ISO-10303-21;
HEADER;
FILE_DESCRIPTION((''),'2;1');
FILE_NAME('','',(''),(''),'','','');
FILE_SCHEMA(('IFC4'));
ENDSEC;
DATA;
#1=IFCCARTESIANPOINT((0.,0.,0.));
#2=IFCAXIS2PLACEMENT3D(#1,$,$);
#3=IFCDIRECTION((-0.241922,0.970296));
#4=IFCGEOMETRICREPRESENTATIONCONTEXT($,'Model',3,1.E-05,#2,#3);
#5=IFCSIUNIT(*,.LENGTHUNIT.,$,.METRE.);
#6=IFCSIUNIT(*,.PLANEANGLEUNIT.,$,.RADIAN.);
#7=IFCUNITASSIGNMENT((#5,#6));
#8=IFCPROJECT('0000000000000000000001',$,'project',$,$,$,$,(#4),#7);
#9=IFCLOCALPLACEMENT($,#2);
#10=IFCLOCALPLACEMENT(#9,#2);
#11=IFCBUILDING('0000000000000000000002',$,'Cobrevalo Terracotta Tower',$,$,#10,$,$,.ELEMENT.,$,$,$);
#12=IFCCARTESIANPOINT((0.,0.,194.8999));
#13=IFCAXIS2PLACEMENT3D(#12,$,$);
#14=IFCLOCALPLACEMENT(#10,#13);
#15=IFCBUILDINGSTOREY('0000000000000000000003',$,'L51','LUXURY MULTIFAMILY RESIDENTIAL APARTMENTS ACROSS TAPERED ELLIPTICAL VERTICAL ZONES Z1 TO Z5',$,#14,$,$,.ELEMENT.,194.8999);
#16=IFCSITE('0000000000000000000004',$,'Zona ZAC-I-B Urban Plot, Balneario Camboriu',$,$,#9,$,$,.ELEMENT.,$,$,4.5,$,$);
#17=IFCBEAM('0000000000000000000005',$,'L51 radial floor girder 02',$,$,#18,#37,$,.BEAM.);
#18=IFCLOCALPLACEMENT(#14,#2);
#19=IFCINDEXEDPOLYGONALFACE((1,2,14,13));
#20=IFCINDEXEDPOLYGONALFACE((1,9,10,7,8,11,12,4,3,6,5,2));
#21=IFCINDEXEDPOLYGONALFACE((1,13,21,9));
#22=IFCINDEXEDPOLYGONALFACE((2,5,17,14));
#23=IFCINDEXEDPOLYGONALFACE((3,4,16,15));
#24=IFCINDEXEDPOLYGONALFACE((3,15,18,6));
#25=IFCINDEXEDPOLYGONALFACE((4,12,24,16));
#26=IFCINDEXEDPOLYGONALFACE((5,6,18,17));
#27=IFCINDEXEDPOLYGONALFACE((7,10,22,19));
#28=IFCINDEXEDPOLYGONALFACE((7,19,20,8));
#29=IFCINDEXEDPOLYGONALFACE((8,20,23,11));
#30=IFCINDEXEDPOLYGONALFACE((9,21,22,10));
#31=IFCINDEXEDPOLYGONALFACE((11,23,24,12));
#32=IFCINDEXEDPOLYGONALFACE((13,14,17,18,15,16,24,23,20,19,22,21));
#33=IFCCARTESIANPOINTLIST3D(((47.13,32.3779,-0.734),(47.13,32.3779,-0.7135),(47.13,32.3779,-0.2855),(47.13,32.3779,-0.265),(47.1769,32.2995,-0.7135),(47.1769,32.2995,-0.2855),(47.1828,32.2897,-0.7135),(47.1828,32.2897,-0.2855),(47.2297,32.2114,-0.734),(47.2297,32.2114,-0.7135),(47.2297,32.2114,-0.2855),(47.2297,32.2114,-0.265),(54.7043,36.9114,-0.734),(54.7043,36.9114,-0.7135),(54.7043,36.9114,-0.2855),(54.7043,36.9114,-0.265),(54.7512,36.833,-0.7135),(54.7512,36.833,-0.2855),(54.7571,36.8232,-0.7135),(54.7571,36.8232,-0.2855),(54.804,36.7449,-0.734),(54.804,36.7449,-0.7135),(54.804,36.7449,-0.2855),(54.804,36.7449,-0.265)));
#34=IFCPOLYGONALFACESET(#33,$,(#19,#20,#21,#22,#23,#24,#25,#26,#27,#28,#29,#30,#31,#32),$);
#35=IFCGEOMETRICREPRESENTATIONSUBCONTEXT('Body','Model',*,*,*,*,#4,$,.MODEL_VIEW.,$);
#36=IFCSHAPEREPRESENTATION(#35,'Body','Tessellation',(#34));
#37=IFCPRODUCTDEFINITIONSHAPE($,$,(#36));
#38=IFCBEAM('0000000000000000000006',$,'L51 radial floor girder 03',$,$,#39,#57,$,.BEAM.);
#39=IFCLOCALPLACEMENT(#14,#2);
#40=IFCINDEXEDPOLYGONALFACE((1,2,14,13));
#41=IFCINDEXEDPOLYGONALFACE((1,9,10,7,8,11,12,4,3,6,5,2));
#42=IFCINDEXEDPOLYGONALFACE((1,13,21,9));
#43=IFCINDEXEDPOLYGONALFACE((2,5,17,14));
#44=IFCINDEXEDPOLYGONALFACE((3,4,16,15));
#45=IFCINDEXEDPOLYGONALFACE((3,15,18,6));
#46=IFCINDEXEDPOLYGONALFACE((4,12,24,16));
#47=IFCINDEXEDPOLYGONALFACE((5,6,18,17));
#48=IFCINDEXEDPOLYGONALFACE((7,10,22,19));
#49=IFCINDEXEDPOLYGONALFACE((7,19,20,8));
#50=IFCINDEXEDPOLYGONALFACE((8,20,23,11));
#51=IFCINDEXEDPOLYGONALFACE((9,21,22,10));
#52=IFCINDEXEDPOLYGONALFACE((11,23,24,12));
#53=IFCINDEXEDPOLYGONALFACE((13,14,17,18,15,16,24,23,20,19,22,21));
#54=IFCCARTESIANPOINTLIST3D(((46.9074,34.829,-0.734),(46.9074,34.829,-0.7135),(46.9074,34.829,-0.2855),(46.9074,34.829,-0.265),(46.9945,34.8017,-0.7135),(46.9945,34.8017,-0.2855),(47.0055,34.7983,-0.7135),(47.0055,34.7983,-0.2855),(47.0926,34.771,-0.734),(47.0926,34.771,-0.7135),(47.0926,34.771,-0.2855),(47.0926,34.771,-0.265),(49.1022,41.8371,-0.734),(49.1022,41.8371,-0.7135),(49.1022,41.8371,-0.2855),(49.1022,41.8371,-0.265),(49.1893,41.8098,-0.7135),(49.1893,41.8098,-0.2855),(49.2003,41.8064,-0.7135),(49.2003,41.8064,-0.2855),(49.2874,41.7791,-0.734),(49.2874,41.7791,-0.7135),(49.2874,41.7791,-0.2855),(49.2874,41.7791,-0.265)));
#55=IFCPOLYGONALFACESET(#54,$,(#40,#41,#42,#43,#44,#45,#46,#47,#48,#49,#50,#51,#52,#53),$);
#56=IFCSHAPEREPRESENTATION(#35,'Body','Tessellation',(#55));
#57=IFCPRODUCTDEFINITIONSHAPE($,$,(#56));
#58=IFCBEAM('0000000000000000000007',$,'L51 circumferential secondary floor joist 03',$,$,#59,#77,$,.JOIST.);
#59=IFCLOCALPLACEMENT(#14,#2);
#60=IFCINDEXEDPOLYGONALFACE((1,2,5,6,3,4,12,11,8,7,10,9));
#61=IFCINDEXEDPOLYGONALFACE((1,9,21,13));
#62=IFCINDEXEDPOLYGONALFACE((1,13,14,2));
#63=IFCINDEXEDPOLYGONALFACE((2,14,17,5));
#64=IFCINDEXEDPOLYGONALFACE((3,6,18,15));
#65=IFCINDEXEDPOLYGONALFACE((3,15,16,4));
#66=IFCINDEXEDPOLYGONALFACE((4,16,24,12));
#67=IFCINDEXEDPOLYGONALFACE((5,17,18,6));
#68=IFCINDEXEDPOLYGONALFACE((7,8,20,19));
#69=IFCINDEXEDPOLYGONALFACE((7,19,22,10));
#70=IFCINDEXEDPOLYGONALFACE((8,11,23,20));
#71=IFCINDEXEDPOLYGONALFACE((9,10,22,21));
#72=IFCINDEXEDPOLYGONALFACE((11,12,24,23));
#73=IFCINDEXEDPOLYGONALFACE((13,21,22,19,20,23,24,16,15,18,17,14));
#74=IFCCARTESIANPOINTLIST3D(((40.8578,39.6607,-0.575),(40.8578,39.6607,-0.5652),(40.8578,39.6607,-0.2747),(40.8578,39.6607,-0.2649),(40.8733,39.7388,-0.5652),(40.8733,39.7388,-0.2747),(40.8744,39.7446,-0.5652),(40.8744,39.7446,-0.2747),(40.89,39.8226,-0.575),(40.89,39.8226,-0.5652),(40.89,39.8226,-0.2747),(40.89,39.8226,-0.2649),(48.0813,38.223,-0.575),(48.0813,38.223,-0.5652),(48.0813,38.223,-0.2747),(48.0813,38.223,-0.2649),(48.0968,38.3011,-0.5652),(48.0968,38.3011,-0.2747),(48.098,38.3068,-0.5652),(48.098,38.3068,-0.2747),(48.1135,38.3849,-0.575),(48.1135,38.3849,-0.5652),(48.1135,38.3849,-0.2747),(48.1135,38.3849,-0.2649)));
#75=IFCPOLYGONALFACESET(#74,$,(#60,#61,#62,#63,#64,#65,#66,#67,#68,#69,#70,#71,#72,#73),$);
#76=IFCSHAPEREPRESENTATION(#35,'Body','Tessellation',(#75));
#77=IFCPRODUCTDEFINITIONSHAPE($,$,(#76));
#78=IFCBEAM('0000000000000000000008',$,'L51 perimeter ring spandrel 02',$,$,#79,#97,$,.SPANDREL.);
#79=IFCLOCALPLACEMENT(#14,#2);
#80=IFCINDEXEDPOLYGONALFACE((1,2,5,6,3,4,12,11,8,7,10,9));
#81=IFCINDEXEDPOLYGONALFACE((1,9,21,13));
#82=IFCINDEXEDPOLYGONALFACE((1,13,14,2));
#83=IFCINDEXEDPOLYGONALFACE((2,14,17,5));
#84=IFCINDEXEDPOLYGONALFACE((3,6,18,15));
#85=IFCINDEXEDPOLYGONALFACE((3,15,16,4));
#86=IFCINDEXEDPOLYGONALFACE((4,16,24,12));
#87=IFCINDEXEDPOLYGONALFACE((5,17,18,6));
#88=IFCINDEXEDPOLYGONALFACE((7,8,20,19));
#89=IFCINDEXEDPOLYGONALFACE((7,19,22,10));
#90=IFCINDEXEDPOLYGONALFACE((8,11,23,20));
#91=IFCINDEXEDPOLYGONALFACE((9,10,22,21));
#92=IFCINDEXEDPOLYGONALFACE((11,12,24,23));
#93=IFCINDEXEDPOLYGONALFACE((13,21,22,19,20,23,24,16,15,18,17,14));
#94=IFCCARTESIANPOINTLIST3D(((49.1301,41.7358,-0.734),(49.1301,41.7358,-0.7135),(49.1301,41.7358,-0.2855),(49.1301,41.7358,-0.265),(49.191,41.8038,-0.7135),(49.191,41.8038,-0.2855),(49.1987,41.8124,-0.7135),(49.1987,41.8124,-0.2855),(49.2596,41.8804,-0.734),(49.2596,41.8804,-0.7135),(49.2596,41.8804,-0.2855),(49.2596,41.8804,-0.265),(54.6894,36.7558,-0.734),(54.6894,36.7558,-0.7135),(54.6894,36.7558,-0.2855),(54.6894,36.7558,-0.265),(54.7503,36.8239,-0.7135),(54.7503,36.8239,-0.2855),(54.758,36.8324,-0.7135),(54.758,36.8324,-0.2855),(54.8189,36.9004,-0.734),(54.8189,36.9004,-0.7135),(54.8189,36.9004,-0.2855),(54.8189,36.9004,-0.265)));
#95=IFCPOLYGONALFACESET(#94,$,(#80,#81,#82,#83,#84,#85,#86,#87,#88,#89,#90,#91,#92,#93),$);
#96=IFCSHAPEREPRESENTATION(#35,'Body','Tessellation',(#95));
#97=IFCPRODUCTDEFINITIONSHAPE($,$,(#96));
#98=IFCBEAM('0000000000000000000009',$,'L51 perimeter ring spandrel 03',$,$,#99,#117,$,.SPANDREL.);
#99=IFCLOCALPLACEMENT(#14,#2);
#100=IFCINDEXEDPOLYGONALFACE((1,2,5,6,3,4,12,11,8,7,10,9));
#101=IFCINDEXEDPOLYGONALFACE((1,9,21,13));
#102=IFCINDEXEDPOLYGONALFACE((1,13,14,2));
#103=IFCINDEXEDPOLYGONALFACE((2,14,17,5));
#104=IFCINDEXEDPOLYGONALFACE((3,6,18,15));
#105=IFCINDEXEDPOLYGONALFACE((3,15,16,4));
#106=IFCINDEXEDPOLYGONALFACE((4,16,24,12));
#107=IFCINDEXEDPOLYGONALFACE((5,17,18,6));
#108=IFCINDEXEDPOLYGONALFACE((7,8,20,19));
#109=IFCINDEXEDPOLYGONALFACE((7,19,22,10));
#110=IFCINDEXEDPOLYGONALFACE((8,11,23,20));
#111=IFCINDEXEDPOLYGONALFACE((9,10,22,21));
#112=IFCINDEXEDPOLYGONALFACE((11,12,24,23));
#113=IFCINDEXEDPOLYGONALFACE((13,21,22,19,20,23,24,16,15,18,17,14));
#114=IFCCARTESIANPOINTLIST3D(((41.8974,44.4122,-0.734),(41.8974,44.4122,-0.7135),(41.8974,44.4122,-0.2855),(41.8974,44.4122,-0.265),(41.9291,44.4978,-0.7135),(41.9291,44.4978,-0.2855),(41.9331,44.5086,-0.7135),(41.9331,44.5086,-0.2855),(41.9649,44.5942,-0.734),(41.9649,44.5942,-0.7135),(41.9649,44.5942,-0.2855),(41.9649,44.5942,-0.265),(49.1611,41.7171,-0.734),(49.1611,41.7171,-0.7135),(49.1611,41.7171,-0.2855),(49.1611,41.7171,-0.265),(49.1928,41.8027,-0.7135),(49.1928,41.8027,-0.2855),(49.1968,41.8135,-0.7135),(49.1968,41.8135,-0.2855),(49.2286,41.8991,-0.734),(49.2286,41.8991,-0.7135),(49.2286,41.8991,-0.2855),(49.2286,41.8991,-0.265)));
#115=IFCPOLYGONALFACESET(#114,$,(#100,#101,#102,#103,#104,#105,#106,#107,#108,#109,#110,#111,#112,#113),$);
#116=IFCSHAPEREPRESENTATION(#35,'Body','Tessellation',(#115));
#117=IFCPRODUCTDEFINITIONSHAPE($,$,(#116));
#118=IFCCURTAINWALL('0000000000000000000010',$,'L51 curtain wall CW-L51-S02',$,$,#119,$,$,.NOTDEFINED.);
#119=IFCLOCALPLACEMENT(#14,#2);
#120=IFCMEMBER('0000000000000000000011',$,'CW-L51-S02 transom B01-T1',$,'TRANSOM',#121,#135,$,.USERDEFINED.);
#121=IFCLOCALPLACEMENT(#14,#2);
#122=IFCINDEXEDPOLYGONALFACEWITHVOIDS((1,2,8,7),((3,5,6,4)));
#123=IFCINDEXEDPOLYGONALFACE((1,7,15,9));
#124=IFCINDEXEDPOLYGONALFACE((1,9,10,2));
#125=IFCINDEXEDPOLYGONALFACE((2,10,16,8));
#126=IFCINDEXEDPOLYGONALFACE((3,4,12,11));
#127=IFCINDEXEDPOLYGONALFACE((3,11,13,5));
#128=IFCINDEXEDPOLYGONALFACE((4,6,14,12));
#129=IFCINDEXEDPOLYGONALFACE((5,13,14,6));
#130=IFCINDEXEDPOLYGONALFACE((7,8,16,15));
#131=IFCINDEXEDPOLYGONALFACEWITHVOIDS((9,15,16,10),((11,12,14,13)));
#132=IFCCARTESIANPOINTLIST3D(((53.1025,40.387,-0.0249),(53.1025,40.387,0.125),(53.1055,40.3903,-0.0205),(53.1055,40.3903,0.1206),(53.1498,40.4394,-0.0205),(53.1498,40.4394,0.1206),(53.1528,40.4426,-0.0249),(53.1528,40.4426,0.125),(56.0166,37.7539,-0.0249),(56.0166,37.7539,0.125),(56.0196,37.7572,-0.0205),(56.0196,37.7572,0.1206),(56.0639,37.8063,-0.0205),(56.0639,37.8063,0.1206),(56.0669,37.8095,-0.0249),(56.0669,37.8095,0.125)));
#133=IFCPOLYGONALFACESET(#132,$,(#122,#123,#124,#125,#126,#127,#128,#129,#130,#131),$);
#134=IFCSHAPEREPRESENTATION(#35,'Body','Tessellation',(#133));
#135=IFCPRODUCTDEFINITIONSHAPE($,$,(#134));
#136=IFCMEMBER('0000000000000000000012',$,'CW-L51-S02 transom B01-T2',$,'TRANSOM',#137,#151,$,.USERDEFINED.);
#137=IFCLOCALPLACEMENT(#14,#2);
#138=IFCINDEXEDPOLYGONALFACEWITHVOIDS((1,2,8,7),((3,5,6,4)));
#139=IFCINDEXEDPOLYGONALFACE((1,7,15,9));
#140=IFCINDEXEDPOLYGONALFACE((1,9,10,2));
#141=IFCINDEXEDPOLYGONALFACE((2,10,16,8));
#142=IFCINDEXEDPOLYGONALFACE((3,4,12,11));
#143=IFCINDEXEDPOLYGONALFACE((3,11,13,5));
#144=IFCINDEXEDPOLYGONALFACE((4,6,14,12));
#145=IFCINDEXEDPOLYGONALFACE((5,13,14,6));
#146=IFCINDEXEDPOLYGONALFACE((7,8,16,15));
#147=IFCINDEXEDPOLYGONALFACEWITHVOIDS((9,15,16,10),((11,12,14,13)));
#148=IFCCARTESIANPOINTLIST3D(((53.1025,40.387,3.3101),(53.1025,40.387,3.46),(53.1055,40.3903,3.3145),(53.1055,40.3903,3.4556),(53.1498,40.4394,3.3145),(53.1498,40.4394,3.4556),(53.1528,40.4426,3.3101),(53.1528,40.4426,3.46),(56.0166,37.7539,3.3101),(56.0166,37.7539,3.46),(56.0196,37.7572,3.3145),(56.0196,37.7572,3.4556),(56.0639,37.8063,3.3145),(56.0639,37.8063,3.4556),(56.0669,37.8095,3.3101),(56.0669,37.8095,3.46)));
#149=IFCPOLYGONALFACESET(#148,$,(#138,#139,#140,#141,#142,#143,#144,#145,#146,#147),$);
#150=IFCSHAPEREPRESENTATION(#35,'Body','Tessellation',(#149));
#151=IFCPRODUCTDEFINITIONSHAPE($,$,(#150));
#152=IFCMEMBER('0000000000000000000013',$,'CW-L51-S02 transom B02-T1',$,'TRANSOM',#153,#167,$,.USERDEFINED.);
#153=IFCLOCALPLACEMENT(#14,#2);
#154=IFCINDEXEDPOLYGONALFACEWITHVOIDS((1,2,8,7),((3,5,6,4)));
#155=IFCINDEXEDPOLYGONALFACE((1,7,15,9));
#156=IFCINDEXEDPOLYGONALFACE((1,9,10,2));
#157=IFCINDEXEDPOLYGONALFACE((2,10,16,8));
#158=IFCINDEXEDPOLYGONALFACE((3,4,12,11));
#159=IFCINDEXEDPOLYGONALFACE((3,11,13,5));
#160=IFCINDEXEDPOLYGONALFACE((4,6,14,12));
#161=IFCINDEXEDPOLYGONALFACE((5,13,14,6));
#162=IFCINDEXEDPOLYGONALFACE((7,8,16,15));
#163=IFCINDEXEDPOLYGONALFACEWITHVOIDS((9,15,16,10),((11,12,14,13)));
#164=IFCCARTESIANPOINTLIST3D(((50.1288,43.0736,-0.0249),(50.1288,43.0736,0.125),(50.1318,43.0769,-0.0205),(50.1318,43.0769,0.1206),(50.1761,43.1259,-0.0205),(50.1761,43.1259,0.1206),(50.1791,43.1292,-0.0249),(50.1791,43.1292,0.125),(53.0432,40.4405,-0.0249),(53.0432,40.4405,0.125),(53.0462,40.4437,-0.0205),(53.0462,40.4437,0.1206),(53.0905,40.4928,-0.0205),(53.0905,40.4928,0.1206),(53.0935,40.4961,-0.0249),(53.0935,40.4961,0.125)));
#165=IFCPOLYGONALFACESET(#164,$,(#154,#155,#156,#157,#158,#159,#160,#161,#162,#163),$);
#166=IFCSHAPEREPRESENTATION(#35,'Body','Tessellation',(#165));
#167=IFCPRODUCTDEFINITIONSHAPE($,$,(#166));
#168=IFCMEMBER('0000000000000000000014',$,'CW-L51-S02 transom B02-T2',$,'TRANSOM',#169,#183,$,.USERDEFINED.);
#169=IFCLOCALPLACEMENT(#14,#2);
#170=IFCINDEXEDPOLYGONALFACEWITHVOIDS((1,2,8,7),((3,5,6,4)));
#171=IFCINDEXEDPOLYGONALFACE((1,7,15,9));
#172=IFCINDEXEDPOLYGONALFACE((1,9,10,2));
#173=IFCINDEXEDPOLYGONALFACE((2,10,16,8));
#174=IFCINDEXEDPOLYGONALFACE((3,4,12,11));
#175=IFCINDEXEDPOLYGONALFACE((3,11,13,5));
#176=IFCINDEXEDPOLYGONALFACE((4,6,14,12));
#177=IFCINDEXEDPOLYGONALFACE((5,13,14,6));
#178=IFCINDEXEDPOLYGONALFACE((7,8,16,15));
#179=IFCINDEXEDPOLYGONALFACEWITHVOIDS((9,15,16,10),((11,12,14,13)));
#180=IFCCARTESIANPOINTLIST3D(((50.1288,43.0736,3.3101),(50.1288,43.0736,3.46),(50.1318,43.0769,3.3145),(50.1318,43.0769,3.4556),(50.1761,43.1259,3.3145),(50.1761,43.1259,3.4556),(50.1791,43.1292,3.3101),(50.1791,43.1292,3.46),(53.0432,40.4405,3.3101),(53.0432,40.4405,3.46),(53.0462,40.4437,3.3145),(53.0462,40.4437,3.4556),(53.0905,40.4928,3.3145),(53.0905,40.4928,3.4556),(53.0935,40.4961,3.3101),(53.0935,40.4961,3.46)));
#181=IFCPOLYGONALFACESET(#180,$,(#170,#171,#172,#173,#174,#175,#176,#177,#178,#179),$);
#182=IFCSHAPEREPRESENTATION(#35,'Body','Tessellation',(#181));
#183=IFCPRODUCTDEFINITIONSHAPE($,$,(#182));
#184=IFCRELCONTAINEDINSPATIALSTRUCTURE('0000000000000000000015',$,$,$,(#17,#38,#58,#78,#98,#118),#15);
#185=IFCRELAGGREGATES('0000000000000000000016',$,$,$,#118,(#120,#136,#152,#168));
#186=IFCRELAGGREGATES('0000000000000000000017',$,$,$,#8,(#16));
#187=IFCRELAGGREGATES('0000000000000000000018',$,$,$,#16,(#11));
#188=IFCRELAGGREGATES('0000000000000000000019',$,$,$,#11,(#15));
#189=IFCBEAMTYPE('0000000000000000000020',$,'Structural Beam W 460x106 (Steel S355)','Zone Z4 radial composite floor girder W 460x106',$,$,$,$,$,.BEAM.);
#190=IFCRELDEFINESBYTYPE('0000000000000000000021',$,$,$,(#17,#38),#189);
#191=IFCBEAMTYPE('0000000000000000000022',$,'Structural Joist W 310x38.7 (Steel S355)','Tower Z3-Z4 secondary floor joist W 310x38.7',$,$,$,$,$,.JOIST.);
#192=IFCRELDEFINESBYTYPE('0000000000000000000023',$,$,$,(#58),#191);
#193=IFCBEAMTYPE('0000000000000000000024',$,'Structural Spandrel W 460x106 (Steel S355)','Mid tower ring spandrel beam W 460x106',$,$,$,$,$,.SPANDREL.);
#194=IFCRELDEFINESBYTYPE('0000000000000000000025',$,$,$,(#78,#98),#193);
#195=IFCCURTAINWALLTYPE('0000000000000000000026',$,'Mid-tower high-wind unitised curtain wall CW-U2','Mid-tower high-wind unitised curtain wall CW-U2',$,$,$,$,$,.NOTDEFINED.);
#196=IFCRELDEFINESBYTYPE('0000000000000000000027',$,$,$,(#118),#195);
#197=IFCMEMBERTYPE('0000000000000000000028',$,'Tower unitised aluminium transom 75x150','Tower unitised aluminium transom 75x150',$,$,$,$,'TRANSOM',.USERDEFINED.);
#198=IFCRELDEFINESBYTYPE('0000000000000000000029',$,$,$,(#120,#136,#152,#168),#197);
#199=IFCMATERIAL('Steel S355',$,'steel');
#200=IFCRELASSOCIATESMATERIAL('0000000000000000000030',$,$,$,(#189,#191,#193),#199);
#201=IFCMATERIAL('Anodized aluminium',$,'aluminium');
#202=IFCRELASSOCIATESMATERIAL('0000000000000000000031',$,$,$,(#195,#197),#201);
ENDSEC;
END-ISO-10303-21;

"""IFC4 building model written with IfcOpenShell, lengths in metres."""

from ifc_helpers import new_model, si_unit, direction, frame, origin, origin_2d, place, context, subcontext, project, spatial, hollow_rectangle, i_section, extrude, source, transform, mapped, material, material_profile, profile_set, type_object, element, aggregate, save


model = new_model("IFC4")

# Units and contexts
model_context = context("Model", 3, precision=1e-05, world=origin(), true_north=direction((-0.241922, 0.970296)))
body_context = subcontext(model_context, "Body", "Model", "MODEL_VIEW")
ifc_project = project(units=[si_unit("LENGTHUNIT", "METRE"), si_unit("PLANEANGLEUNIT", "RADIAN")], contexts=[model_context])

# Site, building, storey
site_placement = place(None, origin())
site = spatial("IfcSite", under=ifc_project, at=site_placement, Name="Zona ZAC-I-B Urban Plot, Balneario Camboriu", CompositionType="ELEMENT", RefElevation=4.5)
building_placement = place(site_placement, origin())
building = spatial("IfcBuilding", under=site, at=building_placement, Name="Cobrevalo Terracotta Tower", CompositionType="ELEMENT")
storey_placement = place(building_placement, frame((0.0, 0.0, 194.8999)))
storey = spatial("IfcBuildingStorey", under=building, at=storey_placement, Name="L51", Description="LUXURY MULTIFAMILY RESIDENTIAL APARTMENTS ACROSS TAPERED ELLIPTICAL VERTICAL ZONES Z1 TO Z5", CompositionType="ELEMENT", Elevation=194.8999)

# Shared definitions
ifc_material_1 = material(Name="Steel S355", Category="steel")

# Beams
ifc_material_profile_1 = material_profile(ifc_material_1, i_section(OverallWidth=0.1941, OverallDepth=0.469, WebThickness=0.0115, FlangeThickness=0.0205, at=origin_2d()), Name="W 460x106")
ifc_profile_set_1 = profile_set([ifc_material_profile_1], Name="Steel S355")
beam_type_1 = type_object("IfcBeamType", Name="Structural Beam W 460x106 (Steel S355)", Description="Zone Z4 radial composite floor girder W 460x106", PredefinedType="BEAM", material=ifc_profile_set_1)
beam_1_placement = place(storey_placement, frame((54.7542, 36.8281, -0.4995), z_axis=(-0.858046, -0.513572, 0.0), x_axis=(0.513572, -0.858046, 0.0)))
element("IfcBeam", 1, at=beam_1_placement, inside=storey, type_object=beam_type_1, Name="L51 radial floor girder 02", PredefinedType="BEAM", context=body_context, shape_type="SweptSolid", body=[
    extrude(i_section(OverallWidth=0.1941, OverallDepth=0.469, WebThickness=0.0115, FlangeThickness=0.0205, at=origin_2d()), origin(), (0.0, 0.0, 1.0), 8.8274),
])
beam_2_placement = place(storey_placement, frame((49.1948, 41.8081, -0.4995), z_axis=(-0.298871, -0.954293, 0.0), x_axis=(0.954293, -0.298871, 0.0)))
element("IfcBeam", 2, at=beam_2_placement, inside=storey, type_object=beam_type_1, Name="L51 radial floor girder 03", PredefinedType="BEAM", context=body_context, shape_type="SweptSolid", body=[
    extrude(i_section(OverallWidth=0.1941, OverallDepth=0.469, WebThickness=0.0115, FlangeThickness=0.0205, at=origin_2d()), origin(), (0.0, 0.0, 1.0), 7.3438),
])
ifc_material_profile_2 = material_profile(ifc_material_1, i_section(OverallWidth=0.165, OverallDepth=0.3101, WebThickness=0.0059, FlangeThickness=0.0098, at=origin_2d()), Name="W 310x38.7")
ifc_profile_set_2 = profile_set([ifc_material_profile_2], Name="Steel S355")
beam_type_2 = type_object("IfcBeamType", Name="Structural Joist W 310x38.7 (Steel S355)", Description="Tower Z3-Z4 secondary floor joist W 310x38.7", PredefinedType="JOIST", material=ifc_profile_set_2)
beam_3_placement = place(storey_placement, frame((48.0974, 38.304, -0.4199), z_axis=(-0.980763, 0.195204, 0.0), x_axis=(-0.195204, -0.980763, 0.0)))
element("IfcBeam", 3, at=beam_3_placement, inside=storey, type_object=beam_type_2, Name="L51 circumferential secondary floor joist 03", PredefinedType="JOIST", context=body_context, shape_type="SweptSolid", body=[
    extrude(i_section(OverallWidth=0.165, OverallDepth=0.3101, WebThickness=0.0059, FlangeThickness=0.0098, at=origin_2d()), origin(), (0.0, 0.0, 1.0), 7.3652),
])
ifc_material_profile_3 = material_profile(ifc_material_1, i_section(OverallWidth=0.1941, OverallDepth=0.469, WebThickness=0.0115, FlangeThickness=0.0205, at=origin_2d()), Name="W 460x106")
ifc_profile_set_3 = profile_set([ifc_material_profile_3], Name="Steel S355")
beam_type_3 = type_object("IfcBeamType", Name="Structural Spandrel W 460x106 (Steel S355)", Description="Mid tower ring spandrel beam W 460x106", PredefinedType="SPANDREL", material=ifc_profile_set_3)
beam_4_placement = place(storey_placement, frame((54.7542, 36.8281, -0.4995), z_axis=(-0.744852, 0.66723, 0.0), x_axis=(-0.66723, -0.744852, 0.0)))
element("IfcBeam", 4, at=beam_4_placement, inside=storey, type_object=beam_type_3, Name="L51 perimeter ring spandrel 02", PredefinedType="SPANDREL", context=body_context, shape_type="SweptSolid", body=[
    extrude(i_section(OverallWidth=0.1941, OverallDepth=0.469, WebThickness=0.0115, FlangeThickness=0.0205, at=origin_2d()), origin(), (0.0, 0.0, 1.0), 7.4636),
])
beam_5_placement = place(storey_placement, frame((49.1948, 41.8081, -0.4995), z_axis=(-0.937546, 0.347861, 0.0), x_axis=(-0.347861, -0.937546, 0.0)))
element("IfcBeam", 5, at=beam_5_placement, inside=storey, type_object=beam_type_3, Name="L51 perimeter ring spandrel 03", PredefinedType="SPANDREL", context=body_context, shape_type="SweptSolid", body=[
    extrude(i_section(OverallWidth=0.1941, OverallDepth=0.469, WebThickness=0.0115, FlangeThickness=0.0205, at=origin_2d()), origin(), (0.0, 0.0, 1.0), 7.7476),
])

# Curtain wall, members
ifc_material_2 = material(Name="Anodized aluminium", Category="aluminium")
curtain_wall_type = type_object("IfcCurtainWallType", Name="Mid-tower high-wind unitised curtain wall CW-U2", Description="Mid-tower high-wind unitised curtain wall CW-U2", PredefinedType="NOTDEFINED", material=ifc_material_2)
curtain_wall_placement = place(storey_placement, origin())
curtain_wall = element("IfcCurtainWall", 6, at=curtain_wall_placement, inside=storey, type_object=curtain_wall_type, Name="L51 curtain wall CW-L51-S02", PredefinedType="NOTDEFINED")
ifc_material_profile_4 = material_profile(ifc_material_2, hollow_rectangle(XDim=0.075, YDim=0.1499, WallThickness=0.0044, at=origin_2d()), Name="CWT 75x150")
ifc_profile_set_4 = profile_set([ifc_material_profile_4], Name="Anodized aluminium")
member_type_1 = type_object("IfcMemberType", Name="Tower unitised aluminium transom 75x150", Description="Tower unitised aluminium transom 75x150", ElementType="TRANSOM", PredefinedType="USERDEFINED", material=ifc_profile_set_4)
shared_shape_1 = source(origin(), body_context, "Body", "SweptSolid", [
    extrude(hollow_rectangle(XDim=0.075, YDim=0.1499, WallThickness=0.0044, at=origin_2d()), origin(), (0.0, 0.0, 1.0), 3.9275),
])
member_1_placement = place(storey_placement, frame((56.0417, 37.7817, 0.05), z_axis=(-0.741976, 0.670426, 0.0), x_axis=(-0.670426, -0.741976, 0.0)))
member_1 = element("IfcMember", 7, at=member_1_placement, type_object=member_type_1, Name="CW-L51-S02 transom B01-T1", ObjectType="TRANSOM", PredefinedType="USERDEFINED", context=body_context, shape_type="MappedRepresentation", body=[
    mapped(shared_shape_1, transform((0.0, 0.0, 0.0), scale=1.0)),
])
member_2_placement = place(storey_placement, frame((56.0417, 37.7817, 3.385), z_axis=(-0.741976, 0.670426, 0.0), x_axis=(-0.670426, -0.741976, 0.0)))
member_2 = element("IfcMember", 8, at=member_2_placement, type_object=member_type_1, Name="CW-L51-S02 transom B01-T2", ObjectType="TRANSOM", PredefinedType="USERDEFINED", context=body_context, shape_type="MappedRepresentation", body=[
    mapped(shared_shape_1, transform((0.0, 0.0, 0.0), scale=1.0)),
])
shared_shape_2 = source(origin(), body_context, "Body", "SweptSolid", [
    extrude(hollow_rectangle(XDim=0.075, YDim=0.1499, WallThickness=0.0044, at=origin_2d()), origin(), (0.0, 0.0, 1.0), 3.9277),
])
member_3_placement = place(storey_placement, frame((53.0684, 40.4683, 0.05), z_axis=(-0.742004, 0.670396, 0.0), x_axis=(-0.670396, -0.742004, 0.0)))
member_3 = element("IfcMember", 9, at=member_3_placement, type_object=member_type_1, Name="CW-L51-S02 transom B02-T1", ObjectType="TRANSOM", PredefinedType="USERDEFINED", context=body_context, shape_type="MappedRepresentation", body=[
    mapped(shared_shape_2, transform((0.0, 0.0, 0.0), scale=1.0)),
])
member_4_placement = place(storey_placement, frame((53.0684, 40.4683, 3.385), z_axis=(-0.742004, 0.670396, 0.0), x_axis=(-0.670396, -0.742004, 0.0)))
member_4 = element("IfcMember", 10, at=member_4_placement, type_object=member_type_1, Name="CW-L51-S02 transom B02-T2", ObjectType="TRANSOM", PredefinedType="USERDEFINED", context=body_context, shape_type="MappedRepresentation", body=[
    mapped(shared_shape_2, transform((0.0, 0.0, 0.0), scale=1.0)),
])
aggregate(curtain_wall, [member_1, member_2, member_3, member_4])

save(model, "model.ifc")
